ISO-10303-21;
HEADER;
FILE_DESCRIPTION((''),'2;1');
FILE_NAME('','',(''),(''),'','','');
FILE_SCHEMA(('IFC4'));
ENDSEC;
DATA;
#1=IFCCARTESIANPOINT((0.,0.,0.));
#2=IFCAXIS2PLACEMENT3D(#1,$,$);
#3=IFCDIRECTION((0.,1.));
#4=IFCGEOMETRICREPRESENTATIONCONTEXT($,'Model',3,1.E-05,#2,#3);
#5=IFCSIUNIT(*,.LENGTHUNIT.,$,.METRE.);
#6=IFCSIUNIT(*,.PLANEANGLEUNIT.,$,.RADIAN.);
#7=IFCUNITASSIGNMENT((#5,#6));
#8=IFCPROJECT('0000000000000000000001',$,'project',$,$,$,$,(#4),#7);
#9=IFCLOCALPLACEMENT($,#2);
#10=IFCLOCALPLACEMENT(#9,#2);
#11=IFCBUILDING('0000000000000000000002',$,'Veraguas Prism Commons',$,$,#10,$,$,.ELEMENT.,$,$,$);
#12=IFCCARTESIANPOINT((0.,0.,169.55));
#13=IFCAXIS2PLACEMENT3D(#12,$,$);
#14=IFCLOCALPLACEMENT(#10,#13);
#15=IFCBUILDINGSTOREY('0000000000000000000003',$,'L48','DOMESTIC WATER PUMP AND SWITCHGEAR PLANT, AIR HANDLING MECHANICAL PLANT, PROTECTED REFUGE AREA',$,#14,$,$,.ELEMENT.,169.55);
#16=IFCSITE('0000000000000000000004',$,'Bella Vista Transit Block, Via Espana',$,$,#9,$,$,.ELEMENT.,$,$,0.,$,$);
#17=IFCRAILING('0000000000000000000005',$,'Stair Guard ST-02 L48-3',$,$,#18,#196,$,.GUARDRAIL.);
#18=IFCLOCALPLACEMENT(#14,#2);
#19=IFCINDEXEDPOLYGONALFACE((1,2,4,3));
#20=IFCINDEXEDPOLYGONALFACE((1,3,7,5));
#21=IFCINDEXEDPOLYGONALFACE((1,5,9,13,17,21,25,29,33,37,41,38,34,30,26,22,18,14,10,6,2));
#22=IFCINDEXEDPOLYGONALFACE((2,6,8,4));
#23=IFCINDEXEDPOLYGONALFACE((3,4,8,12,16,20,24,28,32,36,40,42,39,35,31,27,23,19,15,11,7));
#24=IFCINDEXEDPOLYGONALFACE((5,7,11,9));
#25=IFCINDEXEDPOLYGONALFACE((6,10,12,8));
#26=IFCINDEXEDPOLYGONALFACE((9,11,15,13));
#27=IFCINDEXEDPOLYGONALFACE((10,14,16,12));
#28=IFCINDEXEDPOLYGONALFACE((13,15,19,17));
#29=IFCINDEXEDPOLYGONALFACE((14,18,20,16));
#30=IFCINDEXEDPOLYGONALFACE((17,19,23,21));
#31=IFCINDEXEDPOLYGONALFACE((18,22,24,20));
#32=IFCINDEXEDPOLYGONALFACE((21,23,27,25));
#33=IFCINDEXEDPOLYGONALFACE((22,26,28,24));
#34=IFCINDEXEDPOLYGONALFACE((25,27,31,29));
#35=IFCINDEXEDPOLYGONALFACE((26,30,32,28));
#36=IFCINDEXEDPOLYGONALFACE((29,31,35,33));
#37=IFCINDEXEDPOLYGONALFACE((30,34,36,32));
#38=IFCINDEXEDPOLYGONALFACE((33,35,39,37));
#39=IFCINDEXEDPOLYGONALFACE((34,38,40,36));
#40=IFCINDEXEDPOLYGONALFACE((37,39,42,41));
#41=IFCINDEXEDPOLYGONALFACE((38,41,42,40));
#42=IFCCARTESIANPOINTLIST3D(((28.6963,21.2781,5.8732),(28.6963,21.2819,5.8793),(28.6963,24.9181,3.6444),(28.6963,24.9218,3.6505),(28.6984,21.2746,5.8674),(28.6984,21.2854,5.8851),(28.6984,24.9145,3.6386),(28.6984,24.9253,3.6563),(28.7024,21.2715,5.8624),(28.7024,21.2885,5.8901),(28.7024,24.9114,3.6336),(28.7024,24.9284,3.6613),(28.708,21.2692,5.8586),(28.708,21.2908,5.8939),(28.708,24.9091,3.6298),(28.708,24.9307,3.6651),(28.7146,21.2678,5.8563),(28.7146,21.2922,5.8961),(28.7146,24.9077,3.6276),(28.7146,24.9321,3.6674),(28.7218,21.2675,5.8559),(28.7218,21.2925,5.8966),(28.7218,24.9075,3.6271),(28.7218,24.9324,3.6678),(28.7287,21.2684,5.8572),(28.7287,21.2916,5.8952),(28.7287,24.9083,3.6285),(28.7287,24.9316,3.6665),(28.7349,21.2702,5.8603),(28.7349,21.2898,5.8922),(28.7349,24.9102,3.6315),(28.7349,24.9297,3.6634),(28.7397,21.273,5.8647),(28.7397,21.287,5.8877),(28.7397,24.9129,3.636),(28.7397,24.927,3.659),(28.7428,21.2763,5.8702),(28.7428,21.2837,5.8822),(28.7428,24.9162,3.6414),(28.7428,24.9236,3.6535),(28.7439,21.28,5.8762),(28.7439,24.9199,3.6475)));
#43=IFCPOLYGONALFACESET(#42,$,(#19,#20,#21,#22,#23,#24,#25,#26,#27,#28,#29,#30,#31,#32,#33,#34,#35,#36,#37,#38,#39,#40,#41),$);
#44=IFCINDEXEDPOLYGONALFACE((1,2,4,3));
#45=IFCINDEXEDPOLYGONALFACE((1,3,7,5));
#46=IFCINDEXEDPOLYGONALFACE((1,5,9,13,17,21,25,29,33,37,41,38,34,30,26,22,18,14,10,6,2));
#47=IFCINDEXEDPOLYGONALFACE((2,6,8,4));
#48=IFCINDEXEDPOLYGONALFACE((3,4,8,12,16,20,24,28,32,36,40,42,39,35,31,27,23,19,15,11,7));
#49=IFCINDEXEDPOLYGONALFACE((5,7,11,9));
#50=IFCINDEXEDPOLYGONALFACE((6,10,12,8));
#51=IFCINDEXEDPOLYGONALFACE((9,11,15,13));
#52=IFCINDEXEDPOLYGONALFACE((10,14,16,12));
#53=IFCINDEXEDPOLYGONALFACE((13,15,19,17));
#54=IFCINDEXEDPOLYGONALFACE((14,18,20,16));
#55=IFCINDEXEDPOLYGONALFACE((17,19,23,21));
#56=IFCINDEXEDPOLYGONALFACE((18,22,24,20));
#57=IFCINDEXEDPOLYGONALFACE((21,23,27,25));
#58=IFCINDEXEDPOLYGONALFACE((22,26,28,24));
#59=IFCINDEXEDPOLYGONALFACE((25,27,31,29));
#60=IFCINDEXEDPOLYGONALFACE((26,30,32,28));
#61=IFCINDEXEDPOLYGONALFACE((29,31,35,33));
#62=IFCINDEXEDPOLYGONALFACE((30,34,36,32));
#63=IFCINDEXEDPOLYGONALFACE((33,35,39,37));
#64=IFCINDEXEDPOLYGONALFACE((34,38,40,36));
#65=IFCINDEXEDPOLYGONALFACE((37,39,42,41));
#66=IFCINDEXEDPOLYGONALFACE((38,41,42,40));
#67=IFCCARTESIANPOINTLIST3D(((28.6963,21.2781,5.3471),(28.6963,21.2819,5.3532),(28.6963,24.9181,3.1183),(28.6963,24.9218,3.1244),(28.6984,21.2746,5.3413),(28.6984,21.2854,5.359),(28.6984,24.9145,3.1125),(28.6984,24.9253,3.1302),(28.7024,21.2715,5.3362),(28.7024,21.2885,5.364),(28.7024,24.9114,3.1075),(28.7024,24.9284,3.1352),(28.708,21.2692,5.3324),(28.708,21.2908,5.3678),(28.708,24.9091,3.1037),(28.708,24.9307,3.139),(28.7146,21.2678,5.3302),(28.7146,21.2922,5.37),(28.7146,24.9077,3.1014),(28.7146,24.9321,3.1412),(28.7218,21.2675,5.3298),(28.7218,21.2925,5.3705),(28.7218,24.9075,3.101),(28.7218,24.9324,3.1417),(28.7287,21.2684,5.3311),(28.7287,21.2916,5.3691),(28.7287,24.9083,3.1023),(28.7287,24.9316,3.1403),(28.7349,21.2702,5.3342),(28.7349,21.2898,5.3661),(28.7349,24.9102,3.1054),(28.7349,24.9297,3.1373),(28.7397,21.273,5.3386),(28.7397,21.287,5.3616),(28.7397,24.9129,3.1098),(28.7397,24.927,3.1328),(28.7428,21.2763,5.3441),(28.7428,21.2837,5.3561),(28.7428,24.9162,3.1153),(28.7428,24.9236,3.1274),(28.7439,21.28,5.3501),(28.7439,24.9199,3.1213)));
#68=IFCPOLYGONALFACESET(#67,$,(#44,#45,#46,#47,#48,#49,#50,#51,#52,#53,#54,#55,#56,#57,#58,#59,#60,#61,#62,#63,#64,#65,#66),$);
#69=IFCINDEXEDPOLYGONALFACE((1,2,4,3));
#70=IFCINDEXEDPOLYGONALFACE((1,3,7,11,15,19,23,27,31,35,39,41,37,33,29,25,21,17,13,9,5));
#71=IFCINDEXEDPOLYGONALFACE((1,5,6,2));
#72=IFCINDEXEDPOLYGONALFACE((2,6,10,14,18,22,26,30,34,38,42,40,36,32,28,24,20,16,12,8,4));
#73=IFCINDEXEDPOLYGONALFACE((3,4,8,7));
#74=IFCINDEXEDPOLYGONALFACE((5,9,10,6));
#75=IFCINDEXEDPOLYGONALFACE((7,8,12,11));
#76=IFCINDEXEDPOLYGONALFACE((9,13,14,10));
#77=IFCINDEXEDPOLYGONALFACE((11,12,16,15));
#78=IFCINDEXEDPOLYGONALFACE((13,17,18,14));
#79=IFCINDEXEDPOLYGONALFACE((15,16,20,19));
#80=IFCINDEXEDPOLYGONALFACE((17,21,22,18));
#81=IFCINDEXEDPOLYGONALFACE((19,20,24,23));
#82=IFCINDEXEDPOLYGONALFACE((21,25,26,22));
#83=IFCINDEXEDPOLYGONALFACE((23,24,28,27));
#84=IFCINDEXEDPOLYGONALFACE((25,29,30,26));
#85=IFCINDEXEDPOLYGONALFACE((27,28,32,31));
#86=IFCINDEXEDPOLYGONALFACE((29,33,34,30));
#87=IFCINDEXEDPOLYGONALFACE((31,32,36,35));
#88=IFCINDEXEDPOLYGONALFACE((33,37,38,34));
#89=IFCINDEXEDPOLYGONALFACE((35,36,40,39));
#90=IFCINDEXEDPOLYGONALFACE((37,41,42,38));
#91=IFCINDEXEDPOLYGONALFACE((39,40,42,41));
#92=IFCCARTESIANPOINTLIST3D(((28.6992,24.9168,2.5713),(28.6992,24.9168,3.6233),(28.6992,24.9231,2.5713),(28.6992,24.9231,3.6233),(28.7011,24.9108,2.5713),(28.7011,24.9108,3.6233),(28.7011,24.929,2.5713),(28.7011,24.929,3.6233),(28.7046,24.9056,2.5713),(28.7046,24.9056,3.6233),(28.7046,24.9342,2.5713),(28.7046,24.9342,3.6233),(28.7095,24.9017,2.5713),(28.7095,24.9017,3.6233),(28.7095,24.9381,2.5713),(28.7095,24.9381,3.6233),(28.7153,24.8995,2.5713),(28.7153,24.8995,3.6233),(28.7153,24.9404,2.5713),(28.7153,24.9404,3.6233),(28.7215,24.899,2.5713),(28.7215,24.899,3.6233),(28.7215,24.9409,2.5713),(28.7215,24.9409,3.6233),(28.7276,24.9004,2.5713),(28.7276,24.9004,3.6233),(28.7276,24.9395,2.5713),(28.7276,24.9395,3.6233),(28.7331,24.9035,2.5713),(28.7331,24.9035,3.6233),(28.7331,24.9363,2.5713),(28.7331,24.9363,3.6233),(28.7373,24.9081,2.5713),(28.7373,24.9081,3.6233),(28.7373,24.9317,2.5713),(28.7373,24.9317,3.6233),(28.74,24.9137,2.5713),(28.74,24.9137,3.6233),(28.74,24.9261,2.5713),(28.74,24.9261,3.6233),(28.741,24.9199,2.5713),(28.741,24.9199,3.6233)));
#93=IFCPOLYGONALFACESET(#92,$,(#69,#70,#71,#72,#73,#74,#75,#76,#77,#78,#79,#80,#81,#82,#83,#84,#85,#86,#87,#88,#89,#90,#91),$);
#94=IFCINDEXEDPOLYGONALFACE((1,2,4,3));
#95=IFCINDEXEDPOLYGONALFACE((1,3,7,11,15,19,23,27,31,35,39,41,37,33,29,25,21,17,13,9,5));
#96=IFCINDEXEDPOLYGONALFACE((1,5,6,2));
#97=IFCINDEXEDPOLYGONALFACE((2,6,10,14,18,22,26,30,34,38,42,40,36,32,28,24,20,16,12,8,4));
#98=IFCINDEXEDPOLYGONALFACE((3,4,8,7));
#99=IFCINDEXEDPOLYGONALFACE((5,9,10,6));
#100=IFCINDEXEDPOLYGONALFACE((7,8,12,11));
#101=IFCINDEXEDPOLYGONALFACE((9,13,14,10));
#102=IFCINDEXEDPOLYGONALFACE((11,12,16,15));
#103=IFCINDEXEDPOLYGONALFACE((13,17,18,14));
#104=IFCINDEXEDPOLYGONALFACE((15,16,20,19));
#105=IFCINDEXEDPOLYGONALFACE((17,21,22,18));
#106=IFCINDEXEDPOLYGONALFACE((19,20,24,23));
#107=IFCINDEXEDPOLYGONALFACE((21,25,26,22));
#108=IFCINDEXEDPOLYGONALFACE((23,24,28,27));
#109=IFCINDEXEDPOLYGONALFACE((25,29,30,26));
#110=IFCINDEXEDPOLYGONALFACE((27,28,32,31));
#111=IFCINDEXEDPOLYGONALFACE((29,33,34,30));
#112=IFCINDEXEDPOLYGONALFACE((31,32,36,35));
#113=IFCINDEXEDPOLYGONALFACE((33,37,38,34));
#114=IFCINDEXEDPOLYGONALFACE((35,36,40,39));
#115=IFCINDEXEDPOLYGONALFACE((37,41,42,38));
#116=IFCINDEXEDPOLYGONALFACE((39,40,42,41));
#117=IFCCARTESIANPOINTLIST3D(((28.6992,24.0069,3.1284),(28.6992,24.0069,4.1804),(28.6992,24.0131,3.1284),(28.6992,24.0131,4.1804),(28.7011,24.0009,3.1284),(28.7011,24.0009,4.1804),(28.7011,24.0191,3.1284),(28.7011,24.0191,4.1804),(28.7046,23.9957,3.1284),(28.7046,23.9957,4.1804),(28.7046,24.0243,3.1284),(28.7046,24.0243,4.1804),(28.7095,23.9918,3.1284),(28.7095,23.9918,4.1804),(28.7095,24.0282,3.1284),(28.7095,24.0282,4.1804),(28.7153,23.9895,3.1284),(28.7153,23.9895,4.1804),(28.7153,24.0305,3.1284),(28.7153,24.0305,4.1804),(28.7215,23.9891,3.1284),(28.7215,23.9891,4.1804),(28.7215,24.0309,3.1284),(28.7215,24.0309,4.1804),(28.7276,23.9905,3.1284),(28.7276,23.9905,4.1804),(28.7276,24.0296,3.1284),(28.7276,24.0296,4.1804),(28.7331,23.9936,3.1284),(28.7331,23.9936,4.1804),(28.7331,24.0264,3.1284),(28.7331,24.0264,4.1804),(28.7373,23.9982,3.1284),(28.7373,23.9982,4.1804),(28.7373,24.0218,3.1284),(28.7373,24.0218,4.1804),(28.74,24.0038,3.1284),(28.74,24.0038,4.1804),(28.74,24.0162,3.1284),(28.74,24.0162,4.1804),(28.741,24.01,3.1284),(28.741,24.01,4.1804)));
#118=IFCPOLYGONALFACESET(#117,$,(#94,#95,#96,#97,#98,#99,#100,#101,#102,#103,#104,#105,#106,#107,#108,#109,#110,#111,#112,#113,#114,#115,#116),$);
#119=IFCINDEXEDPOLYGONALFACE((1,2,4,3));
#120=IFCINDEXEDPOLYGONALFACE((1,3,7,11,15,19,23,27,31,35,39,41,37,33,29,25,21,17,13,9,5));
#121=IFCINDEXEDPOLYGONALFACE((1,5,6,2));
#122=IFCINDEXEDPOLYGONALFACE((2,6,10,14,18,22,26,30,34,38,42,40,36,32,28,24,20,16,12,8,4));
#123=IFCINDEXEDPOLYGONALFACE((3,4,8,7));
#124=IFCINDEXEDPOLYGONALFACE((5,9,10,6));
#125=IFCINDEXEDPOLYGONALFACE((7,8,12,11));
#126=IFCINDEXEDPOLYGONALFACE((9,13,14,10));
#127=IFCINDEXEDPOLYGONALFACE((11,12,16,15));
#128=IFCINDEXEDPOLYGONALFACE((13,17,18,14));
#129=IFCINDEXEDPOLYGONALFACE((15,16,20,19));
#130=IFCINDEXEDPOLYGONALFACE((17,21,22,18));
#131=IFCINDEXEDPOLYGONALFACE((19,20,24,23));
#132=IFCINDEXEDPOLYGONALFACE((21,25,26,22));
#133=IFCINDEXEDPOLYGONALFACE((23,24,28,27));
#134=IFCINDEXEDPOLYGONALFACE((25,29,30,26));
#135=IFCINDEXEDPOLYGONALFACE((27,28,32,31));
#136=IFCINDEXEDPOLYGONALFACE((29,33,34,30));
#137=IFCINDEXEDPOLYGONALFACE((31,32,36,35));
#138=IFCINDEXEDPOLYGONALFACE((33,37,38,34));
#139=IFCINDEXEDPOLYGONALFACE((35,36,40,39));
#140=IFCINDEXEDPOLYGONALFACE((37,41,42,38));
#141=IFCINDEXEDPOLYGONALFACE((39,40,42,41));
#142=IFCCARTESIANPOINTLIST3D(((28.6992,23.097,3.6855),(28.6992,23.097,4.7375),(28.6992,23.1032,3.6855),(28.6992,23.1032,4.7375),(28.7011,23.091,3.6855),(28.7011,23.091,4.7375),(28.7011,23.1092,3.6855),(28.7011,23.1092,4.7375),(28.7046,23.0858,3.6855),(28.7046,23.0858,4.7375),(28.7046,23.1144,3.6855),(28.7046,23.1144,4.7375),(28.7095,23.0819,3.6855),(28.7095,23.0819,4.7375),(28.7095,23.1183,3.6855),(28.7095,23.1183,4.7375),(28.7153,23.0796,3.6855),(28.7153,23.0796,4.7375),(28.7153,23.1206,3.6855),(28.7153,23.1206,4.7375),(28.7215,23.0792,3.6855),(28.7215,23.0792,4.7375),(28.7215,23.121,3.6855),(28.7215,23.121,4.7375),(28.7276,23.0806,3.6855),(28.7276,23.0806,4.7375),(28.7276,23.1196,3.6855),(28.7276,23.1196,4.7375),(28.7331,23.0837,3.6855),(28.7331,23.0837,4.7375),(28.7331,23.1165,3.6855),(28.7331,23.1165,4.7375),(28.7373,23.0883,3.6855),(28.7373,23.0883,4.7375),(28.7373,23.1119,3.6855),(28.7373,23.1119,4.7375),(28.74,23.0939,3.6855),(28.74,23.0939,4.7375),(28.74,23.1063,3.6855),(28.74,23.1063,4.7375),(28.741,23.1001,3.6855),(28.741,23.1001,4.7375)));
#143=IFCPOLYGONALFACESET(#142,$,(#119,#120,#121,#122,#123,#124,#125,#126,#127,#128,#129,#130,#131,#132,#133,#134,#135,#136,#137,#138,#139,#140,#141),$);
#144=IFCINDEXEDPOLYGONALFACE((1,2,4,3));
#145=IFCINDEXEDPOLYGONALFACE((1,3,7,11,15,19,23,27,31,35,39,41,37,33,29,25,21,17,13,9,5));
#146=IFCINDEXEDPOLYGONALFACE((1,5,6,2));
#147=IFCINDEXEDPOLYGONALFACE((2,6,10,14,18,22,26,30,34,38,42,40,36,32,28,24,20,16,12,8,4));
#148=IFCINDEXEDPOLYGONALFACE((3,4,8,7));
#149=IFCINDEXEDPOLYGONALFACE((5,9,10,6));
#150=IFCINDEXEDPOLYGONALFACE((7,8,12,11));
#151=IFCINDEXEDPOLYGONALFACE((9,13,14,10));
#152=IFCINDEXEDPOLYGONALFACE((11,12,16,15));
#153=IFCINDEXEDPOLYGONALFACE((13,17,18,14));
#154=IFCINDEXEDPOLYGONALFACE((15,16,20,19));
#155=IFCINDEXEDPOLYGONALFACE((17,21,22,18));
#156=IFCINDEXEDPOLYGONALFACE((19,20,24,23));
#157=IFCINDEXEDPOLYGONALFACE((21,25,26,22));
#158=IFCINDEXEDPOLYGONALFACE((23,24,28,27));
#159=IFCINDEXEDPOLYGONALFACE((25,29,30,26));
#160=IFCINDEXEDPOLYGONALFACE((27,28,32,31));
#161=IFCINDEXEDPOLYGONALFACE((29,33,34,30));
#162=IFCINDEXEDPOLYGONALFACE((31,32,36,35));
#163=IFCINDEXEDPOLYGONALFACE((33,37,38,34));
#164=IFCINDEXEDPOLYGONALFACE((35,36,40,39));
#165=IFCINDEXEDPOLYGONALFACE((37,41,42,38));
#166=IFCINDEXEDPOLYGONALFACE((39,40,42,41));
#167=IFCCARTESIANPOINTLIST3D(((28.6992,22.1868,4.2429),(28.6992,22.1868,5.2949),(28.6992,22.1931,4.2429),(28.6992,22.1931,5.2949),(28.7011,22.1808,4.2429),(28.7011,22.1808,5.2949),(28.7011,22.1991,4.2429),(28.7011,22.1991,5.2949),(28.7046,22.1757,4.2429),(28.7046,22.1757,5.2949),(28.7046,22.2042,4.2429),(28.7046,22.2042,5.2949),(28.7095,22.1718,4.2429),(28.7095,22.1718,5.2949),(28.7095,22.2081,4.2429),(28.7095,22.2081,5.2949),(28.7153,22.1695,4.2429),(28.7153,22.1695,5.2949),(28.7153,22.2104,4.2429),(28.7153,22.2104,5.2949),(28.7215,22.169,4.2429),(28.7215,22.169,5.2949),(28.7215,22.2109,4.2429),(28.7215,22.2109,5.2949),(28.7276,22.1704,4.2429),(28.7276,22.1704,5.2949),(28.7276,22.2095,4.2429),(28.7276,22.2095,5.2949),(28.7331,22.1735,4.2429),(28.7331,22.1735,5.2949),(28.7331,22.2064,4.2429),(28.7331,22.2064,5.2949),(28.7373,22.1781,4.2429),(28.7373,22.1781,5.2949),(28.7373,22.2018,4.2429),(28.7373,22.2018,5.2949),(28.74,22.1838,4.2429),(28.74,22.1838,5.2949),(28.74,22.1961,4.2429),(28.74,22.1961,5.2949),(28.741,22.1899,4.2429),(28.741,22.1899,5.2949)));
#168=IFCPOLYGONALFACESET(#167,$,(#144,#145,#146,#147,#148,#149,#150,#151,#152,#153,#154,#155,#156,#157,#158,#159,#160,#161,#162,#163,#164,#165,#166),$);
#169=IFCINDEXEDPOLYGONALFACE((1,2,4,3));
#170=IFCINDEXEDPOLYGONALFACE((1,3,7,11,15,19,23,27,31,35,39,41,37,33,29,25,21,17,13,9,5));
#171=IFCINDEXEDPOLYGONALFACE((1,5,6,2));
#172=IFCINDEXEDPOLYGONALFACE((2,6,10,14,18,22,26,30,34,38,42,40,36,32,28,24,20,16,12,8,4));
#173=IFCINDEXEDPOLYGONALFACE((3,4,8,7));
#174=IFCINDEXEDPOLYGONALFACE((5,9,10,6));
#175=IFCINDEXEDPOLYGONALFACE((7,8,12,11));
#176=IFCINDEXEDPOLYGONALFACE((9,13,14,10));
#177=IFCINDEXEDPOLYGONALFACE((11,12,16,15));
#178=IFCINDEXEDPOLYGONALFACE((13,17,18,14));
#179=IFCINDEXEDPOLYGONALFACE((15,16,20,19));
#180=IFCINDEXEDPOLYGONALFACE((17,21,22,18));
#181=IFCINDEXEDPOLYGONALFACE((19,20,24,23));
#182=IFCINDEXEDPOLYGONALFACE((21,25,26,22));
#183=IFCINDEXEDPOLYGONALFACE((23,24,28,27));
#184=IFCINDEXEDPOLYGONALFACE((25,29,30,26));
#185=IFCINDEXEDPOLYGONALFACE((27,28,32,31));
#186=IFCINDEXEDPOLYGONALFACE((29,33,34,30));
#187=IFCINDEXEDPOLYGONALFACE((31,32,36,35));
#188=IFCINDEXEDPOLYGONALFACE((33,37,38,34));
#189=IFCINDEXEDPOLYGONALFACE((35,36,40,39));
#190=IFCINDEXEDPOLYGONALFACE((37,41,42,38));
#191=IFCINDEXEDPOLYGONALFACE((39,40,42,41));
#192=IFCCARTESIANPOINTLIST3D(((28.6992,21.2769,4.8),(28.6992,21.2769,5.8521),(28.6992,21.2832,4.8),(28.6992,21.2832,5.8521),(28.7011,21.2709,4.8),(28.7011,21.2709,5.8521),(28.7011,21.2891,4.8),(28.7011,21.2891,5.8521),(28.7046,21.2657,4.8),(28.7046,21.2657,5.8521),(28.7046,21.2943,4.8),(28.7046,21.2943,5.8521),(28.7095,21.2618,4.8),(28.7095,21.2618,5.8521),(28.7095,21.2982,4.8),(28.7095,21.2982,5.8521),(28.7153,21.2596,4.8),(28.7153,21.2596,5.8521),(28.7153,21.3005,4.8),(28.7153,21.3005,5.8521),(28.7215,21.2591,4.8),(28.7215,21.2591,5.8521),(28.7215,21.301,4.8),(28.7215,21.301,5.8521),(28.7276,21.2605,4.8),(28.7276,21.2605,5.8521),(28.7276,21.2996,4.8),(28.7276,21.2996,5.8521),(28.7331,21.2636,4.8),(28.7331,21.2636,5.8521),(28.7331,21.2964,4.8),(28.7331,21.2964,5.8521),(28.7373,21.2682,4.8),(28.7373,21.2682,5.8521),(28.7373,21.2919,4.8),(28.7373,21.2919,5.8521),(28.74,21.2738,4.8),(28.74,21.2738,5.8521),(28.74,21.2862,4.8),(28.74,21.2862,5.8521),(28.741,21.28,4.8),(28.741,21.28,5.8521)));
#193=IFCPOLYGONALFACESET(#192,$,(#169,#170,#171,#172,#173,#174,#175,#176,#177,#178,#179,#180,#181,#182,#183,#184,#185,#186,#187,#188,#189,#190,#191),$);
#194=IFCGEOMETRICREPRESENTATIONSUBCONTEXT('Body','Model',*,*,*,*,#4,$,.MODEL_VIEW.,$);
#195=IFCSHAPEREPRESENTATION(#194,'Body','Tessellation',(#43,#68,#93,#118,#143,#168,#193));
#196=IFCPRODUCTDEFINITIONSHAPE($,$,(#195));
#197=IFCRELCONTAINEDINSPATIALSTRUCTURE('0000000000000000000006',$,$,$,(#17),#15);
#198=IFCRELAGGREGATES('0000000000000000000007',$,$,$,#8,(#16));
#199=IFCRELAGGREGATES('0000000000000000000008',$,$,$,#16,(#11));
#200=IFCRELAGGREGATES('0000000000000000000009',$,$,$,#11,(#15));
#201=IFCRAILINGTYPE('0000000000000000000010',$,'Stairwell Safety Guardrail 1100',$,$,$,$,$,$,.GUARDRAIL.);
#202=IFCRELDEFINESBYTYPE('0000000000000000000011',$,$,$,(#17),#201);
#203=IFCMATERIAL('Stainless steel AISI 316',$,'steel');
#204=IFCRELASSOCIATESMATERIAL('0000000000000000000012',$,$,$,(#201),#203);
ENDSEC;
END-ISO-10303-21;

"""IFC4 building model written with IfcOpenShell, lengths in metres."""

from ifc_helpers import new_model, si_unit, direction, frame, origin, origin_2d, place, context, subcontext, project, spatial, circle, extrude, material, type_object, element, save


model = new_model("IFC4")

# Units and contexts
model_context = context("Model", 3, precision=1e-05, world=origin(), true_north=direction((0.0, 1.0)))
body_context = subcontext(model_context, "Body", "Model", "MODEL_VIEW")
ifc_project = project(units=[si_unit("LENGTHUNIT", "METRE"), si_unit("PLANEANGLEUNIT", "RADIAN")], contexts=[model_context])

# Site, building, storey
site_placement = place(None, origin())
site = spatial("IfcSite", under=ifc_project, at=site_placement, Name="Bella Vista Transit Block, Via Espana", CompositionType="ELEMENT", RefElevation=0.0)
building_placement = place(site_placement, origin())
building = spatial("IfcBuilding", under=site, at=building_placement, Name="Veraguas Prism Commons", CompositionType="ELEMENT")
storey_placement = place(building_placement, frame((0.0, 0.0, 169.55)))
storey = spatial("IfcBuildingStorey", under=building, at=storey_placement, Name="L48", Description="DOMESTIC WATER PUMP AND SWITCHGEAR PLANT, AIR HANDLING MECHANICAL PLANT, PROTECTED REFUGE AREA", CompositionType="ELEMENT", Elevation=169.55)

# Shared definitions
ifc_material_1 = material(Name="Stainless steel AISI 316", Category="steel")

# Railing
railing_type_1 = type_object("IfcRailingType", Name="Stairwell Safety Guardrail 1100", PredefinedType="GUARDRAIL", material=ifc_material_1)
railing_1_placement = place(storey_placement, frame((28.72, 24.9199, 2.5713)))
element("IfcRailing", 1, at=railing_1_placement, inside=storey, type_object=railing_type_1, Name="Stair Guard ST-02 L48-3", PredefinedType="GUARDRAIL", context=body_context, shape_type="SweptSolid", body=[
    extrude(circle(Radius=0.0239, at=origin_2d()), frame((0.0, 0.0, 1.0762), z_axis=(0.0, -0.852825, 0.522197), x_axis=(1.0, 0.0, 0.0)), (0.0, 0.0, 1.0), 4.2681),
    extrude(circle(Radius=0.0239, at=origin_2d()), frame((0.0, 0.0, 0.55), z_axis=(0.0, -0.852825, 0.522197), x_axis=(1.0, 0.0, 0.0)), (0.0, 0.0, 1.0), 4.2681),
    extrude(circle(Radius=0.021, at=origin_2d()), origin(), (0.0, 0.0, 1.0), 1.052),
    extrude(circle(Radius=0.021, at=origin_2d()), frame((0.0, -0.9099, 0.5571)), (0.0, 0.0, 1.0), 1.052),
    extrude(circle(Radius=0.021, at=origin_2d()), frame((0.0, -1.8198, 1.1143)), (0.0, 0.0, 1.0), 1.052),
    extrude(circle(Radius=0.021, at=origin_2d()), frame((0.0, -2.73, 1.6716)), (0.0, 0.0, 1.0), 1.052),
    extrude(circle(Radius=0.021, at=origin_2d()), frame((0.0, -3.6399, 2.2288)), (0.0, 0.0, 1.0), 1.052),
])

save(model, "model.ifc")
